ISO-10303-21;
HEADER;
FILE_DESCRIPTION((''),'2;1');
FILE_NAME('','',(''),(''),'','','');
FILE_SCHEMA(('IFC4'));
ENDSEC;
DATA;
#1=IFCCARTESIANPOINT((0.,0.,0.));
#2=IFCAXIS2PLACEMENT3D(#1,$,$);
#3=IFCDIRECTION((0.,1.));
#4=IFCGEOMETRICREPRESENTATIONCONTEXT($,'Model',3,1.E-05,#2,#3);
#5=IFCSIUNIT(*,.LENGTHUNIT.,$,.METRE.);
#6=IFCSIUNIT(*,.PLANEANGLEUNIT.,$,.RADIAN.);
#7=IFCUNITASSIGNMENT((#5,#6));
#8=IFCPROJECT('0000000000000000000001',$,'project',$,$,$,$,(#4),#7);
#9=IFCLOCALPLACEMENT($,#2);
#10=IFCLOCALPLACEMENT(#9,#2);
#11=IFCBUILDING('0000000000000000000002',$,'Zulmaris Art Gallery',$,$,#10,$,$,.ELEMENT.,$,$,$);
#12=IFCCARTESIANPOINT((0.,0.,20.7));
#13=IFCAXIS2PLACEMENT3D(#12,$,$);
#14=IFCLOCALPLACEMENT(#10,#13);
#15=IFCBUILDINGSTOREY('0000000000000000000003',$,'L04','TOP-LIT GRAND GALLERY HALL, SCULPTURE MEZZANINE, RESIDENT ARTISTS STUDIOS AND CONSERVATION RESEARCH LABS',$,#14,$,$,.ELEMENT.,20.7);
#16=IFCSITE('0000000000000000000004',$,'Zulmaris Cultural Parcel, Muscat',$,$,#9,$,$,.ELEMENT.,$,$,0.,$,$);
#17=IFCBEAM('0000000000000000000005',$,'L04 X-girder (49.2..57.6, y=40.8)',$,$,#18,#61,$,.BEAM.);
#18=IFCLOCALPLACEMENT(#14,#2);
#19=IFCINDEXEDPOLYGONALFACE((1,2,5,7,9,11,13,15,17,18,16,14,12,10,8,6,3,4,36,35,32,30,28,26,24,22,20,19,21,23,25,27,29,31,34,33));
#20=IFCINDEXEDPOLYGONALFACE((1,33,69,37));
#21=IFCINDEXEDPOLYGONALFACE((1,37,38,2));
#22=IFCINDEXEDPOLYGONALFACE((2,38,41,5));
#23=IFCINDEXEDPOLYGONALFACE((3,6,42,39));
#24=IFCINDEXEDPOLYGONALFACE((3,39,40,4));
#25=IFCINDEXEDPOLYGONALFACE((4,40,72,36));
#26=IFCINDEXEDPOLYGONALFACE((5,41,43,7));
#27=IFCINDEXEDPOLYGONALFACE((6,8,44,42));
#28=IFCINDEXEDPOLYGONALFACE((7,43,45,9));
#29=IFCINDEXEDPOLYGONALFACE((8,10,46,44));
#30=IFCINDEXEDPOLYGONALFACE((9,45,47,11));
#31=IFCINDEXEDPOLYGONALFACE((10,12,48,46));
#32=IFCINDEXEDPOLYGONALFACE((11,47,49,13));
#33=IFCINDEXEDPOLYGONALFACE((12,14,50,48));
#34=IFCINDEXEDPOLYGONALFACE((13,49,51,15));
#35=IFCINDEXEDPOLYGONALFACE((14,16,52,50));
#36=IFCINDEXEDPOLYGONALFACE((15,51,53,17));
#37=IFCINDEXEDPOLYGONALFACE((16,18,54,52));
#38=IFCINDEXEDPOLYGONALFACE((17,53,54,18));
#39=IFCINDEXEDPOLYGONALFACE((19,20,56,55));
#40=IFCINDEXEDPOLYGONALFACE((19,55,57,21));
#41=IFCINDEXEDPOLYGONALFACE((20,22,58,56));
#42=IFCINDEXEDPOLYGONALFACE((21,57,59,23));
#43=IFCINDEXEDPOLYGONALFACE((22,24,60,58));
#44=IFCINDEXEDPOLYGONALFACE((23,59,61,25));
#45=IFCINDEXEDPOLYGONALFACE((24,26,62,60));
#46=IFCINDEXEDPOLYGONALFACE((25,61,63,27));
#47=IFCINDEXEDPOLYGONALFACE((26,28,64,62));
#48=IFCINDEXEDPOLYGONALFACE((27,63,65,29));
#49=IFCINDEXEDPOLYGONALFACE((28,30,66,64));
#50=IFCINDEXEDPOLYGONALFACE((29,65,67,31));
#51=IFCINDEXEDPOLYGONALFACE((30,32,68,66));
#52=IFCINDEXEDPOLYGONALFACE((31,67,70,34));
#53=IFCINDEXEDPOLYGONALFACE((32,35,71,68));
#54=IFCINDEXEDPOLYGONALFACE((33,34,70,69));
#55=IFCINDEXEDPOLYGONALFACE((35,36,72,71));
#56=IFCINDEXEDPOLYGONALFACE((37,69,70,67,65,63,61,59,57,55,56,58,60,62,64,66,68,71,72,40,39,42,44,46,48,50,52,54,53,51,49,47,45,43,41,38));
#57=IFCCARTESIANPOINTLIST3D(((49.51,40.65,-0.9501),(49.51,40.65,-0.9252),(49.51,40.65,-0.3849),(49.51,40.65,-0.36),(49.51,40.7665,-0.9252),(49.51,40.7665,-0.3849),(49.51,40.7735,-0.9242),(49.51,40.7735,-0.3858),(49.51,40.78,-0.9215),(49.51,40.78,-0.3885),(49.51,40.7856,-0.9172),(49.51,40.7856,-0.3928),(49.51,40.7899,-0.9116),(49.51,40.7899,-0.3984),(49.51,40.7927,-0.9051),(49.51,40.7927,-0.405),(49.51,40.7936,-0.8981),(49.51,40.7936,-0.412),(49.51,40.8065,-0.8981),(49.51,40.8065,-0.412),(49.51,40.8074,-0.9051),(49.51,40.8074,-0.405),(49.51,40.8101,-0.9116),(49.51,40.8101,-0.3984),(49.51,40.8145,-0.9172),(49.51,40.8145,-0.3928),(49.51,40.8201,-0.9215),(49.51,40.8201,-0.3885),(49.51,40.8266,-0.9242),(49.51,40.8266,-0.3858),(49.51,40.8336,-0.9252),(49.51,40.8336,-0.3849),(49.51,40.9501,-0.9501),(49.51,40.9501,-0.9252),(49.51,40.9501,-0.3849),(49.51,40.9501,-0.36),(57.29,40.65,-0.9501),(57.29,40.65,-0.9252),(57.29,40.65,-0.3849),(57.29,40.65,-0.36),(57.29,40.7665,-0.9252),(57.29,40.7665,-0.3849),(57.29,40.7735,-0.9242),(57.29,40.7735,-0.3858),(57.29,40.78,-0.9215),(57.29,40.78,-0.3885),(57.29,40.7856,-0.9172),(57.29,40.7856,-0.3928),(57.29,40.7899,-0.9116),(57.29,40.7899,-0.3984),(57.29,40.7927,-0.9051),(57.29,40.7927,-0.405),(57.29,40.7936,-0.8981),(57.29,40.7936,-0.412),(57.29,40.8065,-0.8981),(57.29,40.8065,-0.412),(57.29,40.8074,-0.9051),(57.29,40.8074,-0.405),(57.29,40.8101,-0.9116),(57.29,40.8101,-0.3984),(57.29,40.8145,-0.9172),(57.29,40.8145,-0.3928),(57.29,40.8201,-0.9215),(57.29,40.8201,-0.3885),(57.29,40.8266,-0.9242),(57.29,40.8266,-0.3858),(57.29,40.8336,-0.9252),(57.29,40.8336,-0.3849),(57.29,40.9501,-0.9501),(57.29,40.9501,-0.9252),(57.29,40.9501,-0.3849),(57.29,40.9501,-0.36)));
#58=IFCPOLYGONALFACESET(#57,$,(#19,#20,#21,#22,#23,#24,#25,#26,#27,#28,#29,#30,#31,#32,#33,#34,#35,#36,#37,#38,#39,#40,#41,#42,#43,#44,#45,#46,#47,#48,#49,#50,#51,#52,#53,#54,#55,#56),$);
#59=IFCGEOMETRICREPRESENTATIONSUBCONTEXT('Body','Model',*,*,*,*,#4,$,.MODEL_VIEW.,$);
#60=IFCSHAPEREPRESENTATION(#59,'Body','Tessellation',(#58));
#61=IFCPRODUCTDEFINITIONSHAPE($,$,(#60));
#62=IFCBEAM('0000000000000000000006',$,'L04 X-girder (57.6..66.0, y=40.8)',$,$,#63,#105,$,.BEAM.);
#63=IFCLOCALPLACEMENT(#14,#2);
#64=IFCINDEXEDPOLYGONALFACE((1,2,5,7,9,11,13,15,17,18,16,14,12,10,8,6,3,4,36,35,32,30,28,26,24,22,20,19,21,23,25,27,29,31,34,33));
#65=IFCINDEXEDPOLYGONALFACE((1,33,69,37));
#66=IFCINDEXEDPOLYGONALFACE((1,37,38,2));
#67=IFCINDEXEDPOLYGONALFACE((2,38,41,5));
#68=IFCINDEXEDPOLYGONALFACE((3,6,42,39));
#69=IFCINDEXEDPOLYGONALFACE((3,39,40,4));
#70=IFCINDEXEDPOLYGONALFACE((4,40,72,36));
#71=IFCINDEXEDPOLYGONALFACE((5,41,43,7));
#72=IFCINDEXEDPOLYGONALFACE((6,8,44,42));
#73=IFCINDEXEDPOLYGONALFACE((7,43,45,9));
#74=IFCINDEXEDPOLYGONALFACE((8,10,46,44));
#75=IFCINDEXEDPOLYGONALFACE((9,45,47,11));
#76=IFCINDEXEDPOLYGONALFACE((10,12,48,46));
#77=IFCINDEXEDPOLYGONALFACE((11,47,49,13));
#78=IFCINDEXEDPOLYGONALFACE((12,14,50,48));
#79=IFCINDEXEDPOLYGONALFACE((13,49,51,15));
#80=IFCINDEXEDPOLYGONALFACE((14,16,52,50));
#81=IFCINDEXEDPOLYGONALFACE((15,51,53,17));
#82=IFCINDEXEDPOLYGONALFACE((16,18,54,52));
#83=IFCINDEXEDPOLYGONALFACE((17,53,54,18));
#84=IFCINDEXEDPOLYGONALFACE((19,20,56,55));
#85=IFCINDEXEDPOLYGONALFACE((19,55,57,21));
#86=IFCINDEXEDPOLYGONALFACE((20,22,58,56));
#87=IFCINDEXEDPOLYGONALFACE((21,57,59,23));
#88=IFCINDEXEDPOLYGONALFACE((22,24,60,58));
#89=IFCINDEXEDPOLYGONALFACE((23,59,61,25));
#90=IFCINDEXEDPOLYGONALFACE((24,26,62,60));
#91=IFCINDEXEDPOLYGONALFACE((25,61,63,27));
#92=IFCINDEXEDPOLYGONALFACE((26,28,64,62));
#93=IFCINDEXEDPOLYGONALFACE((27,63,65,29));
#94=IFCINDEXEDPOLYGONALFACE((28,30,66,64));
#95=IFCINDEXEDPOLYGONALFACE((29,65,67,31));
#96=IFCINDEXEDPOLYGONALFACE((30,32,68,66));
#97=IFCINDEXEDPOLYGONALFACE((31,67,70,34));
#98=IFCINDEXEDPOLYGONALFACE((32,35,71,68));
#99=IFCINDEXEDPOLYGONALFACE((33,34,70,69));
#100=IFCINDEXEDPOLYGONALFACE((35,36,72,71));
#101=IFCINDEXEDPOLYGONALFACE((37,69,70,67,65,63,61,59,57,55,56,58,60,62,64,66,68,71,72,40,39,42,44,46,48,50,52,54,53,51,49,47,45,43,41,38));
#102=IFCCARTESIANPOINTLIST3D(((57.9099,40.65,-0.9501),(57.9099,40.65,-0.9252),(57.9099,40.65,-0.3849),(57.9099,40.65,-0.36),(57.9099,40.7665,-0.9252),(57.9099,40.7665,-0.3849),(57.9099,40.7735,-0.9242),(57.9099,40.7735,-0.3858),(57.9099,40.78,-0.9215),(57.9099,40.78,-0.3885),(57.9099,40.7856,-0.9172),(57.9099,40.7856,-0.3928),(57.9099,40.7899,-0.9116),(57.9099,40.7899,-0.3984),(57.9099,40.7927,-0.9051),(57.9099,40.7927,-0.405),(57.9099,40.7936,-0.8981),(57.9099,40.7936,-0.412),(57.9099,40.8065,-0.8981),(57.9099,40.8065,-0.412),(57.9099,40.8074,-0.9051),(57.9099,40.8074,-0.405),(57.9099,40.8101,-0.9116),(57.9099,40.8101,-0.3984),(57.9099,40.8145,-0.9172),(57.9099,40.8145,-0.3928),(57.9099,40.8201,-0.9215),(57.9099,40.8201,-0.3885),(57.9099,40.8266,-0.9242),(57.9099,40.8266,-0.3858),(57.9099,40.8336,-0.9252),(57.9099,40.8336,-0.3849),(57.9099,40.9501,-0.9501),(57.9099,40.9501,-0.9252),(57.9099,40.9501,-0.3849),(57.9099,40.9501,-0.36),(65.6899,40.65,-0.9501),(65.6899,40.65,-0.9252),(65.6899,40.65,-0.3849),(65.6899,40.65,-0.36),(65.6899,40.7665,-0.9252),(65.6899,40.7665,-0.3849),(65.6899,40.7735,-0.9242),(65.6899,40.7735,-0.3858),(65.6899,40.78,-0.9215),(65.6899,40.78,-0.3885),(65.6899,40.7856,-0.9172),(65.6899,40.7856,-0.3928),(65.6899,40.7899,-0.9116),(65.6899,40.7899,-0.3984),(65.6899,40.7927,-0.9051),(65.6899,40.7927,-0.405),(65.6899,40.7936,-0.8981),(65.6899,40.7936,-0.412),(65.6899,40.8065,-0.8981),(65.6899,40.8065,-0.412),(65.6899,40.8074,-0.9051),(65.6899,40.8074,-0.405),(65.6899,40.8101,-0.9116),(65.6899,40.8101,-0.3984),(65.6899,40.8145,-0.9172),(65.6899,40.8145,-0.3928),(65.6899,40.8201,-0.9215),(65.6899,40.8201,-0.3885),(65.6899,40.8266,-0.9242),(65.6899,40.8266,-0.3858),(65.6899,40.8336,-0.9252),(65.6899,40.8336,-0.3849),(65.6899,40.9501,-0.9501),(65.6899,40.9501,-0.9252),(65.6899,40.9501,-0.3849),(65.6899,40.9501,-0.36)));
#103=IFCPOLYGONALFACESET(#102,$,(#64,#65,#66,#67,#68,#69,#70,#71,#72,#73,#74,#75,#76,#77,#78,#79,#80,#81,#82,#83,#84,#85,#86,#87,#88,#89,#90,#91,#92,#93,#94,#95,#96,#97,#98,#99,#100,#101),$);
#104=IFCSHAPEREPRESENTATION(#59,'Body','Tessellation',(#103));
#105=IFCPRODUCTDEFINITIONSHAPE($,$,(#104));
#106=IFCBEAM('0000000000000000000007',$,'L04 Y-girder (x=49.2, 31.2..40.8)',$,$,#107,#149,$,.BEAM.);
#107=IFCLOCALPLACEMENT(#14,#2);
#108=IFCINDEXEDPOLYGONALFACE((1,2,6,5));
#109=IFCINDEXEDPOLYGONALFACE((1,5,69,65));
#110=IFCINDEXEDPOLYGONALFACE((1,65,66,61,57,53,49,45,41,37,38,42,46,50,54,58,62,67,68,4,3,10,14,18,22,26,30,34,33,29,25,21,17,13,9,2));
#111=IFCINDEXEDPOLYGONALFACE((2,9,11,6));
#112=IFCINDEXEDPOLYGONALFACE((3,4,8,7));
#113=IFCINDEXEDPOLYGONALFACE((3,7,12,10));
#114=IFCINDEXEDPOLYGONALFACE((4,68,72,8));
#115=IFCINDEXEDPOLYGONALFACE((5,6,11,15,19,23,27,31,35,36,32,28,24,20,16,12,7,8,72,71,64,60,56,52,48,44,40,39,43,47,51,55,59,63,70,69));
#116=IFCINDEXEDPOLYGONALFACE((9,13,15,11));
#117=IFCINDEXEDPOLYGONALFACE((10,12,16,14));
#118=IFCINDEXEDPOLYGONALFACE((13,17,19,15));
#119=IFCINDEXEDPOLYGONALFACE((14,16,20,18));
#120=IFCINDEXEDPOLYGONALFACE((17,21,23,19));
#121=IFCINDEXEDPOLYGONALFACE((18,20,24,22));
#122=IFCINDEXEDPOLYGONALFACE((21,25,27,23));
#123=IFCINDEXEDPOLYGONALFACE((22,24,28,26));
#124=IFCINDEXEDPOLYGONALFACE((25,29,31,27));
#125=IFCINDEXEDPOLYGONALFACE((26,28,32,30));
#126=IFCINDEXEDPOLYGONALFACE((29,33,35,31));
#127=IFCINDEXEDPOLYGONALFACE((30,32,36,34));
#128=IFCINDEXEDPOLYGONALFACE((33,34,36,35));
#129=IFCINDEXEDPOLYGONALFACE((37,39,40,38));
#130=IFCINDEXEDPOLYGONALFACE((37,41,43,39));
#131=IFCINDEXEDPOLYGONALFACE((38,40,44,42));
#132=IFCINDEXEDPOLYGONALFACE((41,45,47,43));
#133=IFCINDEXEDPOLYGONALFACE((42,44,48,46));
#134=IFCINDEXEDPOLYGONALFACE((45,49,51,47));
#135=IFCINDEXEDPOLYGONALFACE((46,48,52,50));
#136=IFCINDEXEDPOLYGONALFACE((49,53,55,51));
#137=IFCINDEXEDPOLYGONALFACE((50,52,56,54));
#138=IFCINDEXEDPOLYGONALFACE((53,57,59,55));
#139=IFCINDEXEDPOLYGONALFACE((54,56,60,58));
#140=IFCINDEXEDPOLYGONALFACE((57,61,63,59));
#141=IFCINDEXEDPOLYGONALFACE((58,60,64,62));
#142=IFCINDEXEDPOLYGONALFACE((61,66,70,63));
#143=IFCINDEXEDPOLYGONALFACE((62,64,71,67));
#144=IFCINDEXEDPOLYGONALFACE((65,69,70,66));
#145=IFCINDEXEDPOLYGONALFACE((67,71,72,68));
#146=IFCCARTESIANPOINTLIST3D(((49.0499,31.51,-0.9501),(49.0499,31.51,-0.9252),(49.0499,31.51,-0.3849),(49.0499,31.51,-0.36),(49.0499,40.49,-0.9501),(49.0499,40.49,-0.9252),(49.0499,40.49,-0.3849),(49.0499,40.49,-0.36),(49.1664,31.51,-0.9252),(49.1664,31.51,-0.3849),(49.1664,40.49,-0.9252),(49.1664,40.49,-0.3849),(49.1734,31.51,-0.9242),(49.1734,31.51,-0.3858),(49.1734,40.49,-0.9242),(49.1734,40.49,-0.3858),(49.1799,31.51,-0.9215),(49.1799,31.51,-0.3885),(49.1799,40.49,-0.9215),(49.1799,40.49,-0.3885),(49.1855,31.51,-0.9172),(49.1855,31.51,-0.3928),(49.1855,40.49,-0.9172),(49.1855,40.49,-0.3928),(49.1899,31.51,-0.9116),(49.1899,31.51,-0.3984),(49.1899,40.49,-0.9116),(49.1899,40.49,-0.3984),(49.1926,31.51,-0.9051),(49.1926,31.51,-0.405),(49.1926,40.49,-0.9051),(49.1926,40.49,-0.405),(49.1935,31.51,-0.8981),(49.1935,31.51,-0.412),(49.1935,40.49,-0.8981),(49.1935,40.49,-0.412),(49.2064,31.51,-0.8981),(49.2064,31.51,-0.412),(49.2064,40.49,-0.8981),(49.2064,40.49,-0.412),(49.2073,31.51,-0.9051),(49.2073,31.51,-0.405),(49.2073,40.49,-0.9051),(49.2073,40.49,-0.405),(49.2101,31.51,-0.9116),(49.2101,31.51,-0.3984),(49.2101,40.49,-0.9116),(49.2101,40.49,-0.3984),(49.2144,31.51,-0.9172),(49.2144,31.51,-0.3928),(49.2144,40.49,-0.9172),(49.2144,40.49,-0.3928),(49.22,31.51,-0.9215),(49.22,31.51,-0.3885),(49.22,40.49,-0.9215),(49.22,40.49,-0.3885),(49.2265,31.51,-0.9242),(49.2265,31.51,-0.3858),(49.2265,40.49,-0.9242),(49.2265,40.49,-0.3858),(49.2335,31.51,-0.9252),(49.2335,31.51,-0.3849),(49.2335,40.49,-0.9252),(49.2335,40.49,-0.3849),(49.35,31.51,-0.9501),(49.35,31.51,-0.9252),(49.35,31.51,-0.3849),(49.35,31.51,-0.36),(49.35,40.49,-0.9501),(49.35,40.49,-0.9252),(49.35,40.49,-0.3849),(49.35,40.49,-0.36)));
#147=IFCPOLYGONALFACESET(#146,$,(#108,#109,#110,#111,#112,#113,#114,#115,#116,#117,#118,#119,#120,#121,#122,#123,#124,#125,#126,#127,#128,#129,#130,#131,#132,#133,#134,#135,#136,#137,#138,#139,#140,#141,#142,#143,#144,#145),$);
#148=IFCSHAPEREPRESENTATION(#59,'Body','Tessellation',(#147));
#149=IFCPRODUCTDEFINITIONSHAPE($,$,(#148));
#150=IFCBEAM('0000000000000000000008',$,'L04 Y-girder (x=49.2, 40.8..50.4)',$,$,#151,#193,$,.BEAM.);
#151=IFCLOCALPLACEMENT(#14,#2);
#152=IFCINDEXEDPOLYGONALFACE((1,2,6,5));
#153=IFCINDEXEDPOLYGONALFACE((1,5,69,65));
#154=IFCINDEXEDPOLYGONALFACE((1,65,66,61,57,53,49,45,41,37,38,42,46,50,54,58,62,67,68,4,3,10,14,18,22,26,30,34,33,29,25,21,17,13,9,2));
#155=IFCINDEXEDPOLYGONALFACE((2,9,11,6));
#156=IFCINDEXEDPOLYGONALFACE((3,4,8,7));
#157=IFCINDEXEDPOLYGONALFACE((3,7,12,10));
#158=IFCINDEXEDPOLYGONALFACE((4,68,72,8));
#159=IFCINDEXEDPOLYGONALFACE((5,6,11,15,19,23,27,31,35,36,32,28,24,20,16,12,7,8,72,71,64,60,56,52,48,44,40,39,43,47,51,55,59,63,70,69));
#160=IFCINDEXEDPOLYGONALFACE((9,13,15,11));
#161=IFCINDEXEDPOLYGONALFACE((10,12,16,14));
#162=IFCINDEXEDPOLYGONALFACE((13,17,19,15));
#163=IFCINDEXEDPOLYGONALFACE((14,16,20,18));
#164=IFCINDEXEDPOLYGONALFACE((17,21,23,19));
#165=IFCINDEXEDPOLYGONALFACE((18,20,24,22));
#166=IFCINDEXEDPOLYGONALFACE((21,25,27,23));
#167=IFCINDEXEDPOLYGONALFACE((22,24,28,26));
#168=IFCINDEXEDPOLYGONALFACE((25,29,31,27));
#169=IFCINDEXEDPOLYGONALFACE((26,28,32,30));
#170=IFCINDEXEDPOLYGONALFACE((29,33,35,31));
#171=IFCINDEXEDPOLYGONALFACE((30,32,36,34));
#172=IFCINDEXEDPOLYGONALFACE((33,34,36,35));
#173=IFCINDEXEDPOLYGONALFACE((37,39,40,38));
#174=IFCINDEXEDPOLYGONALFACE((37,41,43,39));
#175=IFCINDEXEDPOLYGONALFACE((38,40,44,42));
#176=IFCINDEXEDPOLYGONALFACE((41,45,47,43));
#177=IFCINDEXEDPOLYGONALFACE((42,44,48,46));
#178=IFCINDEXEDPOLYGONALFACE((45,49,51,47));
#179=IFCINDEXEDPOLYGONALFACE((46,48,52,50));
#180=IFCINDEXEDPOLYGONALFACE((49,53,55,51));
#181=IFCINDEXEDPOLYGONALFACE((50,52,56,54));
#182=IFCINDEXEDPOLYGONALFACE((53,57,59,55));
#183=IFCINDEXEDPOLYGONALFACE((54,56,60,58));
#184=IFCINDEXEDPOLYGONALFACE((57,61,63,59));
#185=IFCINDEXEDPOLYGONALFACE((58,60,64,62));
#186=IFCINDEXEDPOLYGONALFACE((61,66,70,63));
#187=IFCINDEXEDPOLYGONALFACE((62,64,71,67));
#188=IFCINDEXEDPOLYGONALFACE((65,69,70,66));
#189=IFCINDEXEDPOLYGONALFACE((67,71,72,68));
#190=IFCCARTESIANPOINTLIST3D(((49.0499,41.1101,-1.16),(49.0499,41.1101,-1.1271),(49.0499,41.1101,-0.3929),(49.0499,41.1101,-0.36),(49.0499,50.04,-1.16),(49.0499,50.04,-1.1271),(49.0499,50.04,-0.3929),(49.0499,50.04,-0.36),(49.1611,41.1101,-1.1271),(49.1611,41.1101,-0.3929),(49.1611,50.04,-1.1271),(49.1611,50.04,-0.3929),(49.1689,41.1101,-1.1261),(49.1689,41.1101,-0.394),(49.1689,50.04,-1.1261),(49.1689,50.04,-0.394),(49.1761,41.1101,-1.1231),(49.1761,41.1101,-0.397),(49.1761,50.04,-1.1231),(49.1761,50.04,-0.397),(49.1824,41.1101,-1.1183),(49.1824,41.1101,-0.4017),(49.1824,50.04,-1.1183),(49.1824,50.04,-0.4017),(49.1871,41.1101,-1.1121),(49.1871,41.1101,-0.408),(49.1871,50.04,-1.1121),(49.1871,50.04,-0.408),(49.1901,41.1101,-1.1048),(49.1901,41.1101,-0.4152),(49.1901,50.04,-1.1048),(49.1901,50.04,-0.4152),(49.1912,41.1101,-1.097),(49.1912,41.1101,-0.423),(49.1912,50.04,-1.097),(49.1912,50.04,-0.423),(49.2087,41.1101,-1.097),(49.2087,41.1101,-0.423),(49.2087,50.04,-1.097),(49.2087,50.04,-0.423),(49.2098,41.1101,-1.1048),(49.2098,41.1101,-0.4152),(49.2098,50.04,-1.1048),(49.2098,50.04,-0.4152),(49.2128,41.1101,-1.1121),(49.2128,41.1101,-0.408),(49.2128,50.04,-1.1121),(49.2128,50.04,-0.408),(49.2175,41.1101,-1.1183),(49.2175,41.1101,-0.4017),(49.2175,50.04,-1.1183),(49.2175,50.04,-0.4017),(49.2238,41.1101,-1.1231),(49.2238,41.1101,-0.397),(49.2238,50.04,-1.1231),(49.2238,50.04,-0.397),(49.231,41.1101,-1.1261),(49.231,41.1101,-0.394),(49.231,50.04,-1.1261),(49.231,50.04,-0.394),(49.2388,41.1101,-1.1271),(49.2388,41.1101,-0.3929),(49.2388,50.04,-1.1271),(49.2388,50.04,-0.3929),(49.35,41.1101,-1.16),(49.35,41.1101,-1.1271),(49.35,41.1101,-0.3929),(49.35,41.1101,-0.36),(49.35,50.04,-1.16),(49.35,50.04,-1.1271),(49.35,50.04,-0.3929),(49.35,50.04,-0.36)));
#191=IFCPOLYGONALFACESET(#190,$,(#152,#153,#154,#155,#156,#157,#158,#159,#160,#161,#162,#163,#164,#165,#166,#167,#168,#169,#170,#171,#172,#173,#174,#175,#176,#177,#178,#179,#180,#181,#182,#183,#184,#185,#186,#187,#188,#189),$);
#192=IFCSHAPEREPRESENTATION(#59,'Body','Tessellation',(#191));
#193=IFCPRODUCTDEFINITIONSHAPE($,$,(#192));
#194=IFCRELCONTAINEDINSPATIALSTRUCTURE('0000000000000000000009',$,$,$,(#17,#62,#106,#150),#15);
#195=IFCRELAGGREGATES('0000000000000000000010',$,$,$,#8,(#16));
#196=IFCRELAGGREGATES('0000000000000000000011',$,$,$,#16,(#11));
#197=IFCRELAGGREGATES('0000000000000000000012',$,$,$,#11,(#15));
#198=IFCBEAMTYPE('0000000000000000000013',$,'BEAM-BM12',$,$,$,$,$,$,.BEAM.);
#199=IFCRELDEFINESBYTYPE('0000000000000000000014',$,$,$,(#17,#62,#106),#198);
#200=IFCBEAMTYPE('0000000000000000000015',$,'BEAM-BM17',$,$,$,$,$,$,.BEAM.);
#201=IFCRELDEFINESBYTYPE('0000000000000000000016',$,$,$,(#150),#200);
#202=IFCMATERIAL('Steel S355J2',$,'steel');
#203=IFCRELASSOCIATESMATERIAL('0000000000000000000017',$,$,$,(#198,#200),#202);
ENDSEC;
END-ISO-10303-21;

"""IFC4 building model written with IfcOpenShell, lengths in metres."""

from ifc_helpers import new_model, si_unit, direction, frame, origin, origin_2d, place, context, subcontext, project, spatial, i_section, extrude, material, material_profile, profile_set, type_object, element, save


model = new_model("IFC4")

# Units and contexts
model_context = context("Model", 3, precision=1e-05, world=origin(), true_north=direction((0.0, 1.0)))
body_context = subcontext(model_context, "Body", "Model", "MODEL_VIEW")
ifc_project = project(units=[si_unit("LENGTHUNIT", "METRE"), si_unit("PLANEANGLEUNIT", "RADIAN")], contexts=[model_context])

# Site, building, storey
site_placement = place(None, origin())
site = spatial("IfcSite", under=ifc_project, at=site_placement, Name="Zulmaris Cultural Parcel, Muscat", CompositionType="ELEMENT", RefElevation=0.0)
building_placement = place(site_placement, origin())
building = spatial("IfcBuilding", under=site, at=building_placement, Name="Zulmaris Art Gallery", CompositionType="ELEMENT")
storey_placement = place(building_placement, frame((0.0, 0.0, 20.7)))
storey = spatial("IfcBuildingStorey", under=building, at=storey_placement, Name="L04", Description="TOP-LIT GRAND GALLERY HALL, SCULPTURE MEZZANINE, RESIDENT ARTISTS STUDIOS AND CONSERVATION RESEARCH LABS", CompositionType="ELEMENT", Elevation=20.7)

# Beams
ifc_material_1 = material(Name="Steel S355J2", Category="steel")
ifc_material_profile_1 = material_profile(ifc_material_1, i_section(OverallWidth=0.3, OverallDepth=0.5901, WebThickness=0.0129, FlangeThickness=0.0249, FilletRadius=0.0271, at=origin_2d()), Name="HEA 600")
ifc_profile_set_1 = profile_set([ifc_material_profile_1], Name="Steel S355J2")
beam_type_1 = type_object("IfcBeamType", Name="BEAM-BM12", PredefinedType="BEAM", material=ifc_profile_set_1)
for number, where, z_axis, x_axis, name in (
    (1, (49.51, 40.8, -0.655), (1.0, 0.0, 0.0), (0.0, 1.0, 0.0), "L04 X-girder (49.2..57.6, y=40.8)"),
    (2, (57.9099, 40.8, -0.655), (1.0, 0.0, 0.0), (0.0, 1.0, 0.0), "L04 X-girder (57.6..66.0, y=40.8)"),
):
    element("IfcBeam", number, at=place(storey_placement, frame(where, z_axis=z_axis, x_axis=x_axis)), inside=storey, type_object=beam_type_1, Name=name, PredefinedType="BEAM", context=body_context, shape_type="SweptSolid", body=[
        extrude(i_section(OverallWidth=0.3, OverallDepth=0.5901, WebThickness=0.0129, FlangeThickness=0.0249, FilletRadius=0.0271, at=origin_2d()), origin(), (0.0, 0.0, 1.0), 7.78),
    ])
beam_1_placement = place(storey_placement, frame((49.2, 31.51, -0.655), z_axis=(0.0, 1.0, 0.0), x_axis=(-1.0, 0.0, 0.0)))
element("IfcBeam", 3, at=beam_1_placement, inside=storey, type_object=beam_type_1, Name="L04 Y-girder (x=49.2, 31.2..40.8)", PredefinedType="BEAM", context=body_context, shape_type="SweptSolid", body=[
    extrude(i_section(OverallWidth=0.3, OverallDepth=0.5901, WebThickness=0.0129, FlangeThickness=0.0249, FilletRadius=0.0271, at=origin_2d()), origin(), (0.0, 0.0, 1.0), 8.98),
])
ifc_material_profile_2 = material_profile(ifc_material_1, i_section(OverallWidth=0.3, OverallDepth=0.8, WebThickness=0.0176, FlangeThickness=0.033, FilletRadius=0.03, at=origin_2d()), Name="HEB 800")
ifc_profile_set_2 = profile_set([ifc_material_profile_2], Name="Steel S355J2")
beam_type_2 = type_object("IfcBeamType", Name="BEAM-BM17", PredefinedType="BEAM", material=ifc_profile_set_2)
beam_2_placement = place(storey_placement, frame((49.2, 41.1101, -0.76), z_axis=(0.0, 1.0, 0.0), x_axis=(-1.0, 0.0, 0.0)))
element("IfcBeam", 4, at=beam_2_placement, inside=storey, type_object=beam_type_2, Name="L04 Y-girder (x=49.2, 40.8..50.4)", PredefinedType="BEAM", context=body_context, shape_type="SweptSolid", body=[
    extrude(i_section(OverallWidth=0.3, OverallDepth=0.8, WebThickness=0.0176, FlangeThickness=0.033, FilletRadius=0.03, at=origin_2d()), origin(), (0.0, 0.0, 1.0), 8.9299),
])

save(model, "model.ifc")
